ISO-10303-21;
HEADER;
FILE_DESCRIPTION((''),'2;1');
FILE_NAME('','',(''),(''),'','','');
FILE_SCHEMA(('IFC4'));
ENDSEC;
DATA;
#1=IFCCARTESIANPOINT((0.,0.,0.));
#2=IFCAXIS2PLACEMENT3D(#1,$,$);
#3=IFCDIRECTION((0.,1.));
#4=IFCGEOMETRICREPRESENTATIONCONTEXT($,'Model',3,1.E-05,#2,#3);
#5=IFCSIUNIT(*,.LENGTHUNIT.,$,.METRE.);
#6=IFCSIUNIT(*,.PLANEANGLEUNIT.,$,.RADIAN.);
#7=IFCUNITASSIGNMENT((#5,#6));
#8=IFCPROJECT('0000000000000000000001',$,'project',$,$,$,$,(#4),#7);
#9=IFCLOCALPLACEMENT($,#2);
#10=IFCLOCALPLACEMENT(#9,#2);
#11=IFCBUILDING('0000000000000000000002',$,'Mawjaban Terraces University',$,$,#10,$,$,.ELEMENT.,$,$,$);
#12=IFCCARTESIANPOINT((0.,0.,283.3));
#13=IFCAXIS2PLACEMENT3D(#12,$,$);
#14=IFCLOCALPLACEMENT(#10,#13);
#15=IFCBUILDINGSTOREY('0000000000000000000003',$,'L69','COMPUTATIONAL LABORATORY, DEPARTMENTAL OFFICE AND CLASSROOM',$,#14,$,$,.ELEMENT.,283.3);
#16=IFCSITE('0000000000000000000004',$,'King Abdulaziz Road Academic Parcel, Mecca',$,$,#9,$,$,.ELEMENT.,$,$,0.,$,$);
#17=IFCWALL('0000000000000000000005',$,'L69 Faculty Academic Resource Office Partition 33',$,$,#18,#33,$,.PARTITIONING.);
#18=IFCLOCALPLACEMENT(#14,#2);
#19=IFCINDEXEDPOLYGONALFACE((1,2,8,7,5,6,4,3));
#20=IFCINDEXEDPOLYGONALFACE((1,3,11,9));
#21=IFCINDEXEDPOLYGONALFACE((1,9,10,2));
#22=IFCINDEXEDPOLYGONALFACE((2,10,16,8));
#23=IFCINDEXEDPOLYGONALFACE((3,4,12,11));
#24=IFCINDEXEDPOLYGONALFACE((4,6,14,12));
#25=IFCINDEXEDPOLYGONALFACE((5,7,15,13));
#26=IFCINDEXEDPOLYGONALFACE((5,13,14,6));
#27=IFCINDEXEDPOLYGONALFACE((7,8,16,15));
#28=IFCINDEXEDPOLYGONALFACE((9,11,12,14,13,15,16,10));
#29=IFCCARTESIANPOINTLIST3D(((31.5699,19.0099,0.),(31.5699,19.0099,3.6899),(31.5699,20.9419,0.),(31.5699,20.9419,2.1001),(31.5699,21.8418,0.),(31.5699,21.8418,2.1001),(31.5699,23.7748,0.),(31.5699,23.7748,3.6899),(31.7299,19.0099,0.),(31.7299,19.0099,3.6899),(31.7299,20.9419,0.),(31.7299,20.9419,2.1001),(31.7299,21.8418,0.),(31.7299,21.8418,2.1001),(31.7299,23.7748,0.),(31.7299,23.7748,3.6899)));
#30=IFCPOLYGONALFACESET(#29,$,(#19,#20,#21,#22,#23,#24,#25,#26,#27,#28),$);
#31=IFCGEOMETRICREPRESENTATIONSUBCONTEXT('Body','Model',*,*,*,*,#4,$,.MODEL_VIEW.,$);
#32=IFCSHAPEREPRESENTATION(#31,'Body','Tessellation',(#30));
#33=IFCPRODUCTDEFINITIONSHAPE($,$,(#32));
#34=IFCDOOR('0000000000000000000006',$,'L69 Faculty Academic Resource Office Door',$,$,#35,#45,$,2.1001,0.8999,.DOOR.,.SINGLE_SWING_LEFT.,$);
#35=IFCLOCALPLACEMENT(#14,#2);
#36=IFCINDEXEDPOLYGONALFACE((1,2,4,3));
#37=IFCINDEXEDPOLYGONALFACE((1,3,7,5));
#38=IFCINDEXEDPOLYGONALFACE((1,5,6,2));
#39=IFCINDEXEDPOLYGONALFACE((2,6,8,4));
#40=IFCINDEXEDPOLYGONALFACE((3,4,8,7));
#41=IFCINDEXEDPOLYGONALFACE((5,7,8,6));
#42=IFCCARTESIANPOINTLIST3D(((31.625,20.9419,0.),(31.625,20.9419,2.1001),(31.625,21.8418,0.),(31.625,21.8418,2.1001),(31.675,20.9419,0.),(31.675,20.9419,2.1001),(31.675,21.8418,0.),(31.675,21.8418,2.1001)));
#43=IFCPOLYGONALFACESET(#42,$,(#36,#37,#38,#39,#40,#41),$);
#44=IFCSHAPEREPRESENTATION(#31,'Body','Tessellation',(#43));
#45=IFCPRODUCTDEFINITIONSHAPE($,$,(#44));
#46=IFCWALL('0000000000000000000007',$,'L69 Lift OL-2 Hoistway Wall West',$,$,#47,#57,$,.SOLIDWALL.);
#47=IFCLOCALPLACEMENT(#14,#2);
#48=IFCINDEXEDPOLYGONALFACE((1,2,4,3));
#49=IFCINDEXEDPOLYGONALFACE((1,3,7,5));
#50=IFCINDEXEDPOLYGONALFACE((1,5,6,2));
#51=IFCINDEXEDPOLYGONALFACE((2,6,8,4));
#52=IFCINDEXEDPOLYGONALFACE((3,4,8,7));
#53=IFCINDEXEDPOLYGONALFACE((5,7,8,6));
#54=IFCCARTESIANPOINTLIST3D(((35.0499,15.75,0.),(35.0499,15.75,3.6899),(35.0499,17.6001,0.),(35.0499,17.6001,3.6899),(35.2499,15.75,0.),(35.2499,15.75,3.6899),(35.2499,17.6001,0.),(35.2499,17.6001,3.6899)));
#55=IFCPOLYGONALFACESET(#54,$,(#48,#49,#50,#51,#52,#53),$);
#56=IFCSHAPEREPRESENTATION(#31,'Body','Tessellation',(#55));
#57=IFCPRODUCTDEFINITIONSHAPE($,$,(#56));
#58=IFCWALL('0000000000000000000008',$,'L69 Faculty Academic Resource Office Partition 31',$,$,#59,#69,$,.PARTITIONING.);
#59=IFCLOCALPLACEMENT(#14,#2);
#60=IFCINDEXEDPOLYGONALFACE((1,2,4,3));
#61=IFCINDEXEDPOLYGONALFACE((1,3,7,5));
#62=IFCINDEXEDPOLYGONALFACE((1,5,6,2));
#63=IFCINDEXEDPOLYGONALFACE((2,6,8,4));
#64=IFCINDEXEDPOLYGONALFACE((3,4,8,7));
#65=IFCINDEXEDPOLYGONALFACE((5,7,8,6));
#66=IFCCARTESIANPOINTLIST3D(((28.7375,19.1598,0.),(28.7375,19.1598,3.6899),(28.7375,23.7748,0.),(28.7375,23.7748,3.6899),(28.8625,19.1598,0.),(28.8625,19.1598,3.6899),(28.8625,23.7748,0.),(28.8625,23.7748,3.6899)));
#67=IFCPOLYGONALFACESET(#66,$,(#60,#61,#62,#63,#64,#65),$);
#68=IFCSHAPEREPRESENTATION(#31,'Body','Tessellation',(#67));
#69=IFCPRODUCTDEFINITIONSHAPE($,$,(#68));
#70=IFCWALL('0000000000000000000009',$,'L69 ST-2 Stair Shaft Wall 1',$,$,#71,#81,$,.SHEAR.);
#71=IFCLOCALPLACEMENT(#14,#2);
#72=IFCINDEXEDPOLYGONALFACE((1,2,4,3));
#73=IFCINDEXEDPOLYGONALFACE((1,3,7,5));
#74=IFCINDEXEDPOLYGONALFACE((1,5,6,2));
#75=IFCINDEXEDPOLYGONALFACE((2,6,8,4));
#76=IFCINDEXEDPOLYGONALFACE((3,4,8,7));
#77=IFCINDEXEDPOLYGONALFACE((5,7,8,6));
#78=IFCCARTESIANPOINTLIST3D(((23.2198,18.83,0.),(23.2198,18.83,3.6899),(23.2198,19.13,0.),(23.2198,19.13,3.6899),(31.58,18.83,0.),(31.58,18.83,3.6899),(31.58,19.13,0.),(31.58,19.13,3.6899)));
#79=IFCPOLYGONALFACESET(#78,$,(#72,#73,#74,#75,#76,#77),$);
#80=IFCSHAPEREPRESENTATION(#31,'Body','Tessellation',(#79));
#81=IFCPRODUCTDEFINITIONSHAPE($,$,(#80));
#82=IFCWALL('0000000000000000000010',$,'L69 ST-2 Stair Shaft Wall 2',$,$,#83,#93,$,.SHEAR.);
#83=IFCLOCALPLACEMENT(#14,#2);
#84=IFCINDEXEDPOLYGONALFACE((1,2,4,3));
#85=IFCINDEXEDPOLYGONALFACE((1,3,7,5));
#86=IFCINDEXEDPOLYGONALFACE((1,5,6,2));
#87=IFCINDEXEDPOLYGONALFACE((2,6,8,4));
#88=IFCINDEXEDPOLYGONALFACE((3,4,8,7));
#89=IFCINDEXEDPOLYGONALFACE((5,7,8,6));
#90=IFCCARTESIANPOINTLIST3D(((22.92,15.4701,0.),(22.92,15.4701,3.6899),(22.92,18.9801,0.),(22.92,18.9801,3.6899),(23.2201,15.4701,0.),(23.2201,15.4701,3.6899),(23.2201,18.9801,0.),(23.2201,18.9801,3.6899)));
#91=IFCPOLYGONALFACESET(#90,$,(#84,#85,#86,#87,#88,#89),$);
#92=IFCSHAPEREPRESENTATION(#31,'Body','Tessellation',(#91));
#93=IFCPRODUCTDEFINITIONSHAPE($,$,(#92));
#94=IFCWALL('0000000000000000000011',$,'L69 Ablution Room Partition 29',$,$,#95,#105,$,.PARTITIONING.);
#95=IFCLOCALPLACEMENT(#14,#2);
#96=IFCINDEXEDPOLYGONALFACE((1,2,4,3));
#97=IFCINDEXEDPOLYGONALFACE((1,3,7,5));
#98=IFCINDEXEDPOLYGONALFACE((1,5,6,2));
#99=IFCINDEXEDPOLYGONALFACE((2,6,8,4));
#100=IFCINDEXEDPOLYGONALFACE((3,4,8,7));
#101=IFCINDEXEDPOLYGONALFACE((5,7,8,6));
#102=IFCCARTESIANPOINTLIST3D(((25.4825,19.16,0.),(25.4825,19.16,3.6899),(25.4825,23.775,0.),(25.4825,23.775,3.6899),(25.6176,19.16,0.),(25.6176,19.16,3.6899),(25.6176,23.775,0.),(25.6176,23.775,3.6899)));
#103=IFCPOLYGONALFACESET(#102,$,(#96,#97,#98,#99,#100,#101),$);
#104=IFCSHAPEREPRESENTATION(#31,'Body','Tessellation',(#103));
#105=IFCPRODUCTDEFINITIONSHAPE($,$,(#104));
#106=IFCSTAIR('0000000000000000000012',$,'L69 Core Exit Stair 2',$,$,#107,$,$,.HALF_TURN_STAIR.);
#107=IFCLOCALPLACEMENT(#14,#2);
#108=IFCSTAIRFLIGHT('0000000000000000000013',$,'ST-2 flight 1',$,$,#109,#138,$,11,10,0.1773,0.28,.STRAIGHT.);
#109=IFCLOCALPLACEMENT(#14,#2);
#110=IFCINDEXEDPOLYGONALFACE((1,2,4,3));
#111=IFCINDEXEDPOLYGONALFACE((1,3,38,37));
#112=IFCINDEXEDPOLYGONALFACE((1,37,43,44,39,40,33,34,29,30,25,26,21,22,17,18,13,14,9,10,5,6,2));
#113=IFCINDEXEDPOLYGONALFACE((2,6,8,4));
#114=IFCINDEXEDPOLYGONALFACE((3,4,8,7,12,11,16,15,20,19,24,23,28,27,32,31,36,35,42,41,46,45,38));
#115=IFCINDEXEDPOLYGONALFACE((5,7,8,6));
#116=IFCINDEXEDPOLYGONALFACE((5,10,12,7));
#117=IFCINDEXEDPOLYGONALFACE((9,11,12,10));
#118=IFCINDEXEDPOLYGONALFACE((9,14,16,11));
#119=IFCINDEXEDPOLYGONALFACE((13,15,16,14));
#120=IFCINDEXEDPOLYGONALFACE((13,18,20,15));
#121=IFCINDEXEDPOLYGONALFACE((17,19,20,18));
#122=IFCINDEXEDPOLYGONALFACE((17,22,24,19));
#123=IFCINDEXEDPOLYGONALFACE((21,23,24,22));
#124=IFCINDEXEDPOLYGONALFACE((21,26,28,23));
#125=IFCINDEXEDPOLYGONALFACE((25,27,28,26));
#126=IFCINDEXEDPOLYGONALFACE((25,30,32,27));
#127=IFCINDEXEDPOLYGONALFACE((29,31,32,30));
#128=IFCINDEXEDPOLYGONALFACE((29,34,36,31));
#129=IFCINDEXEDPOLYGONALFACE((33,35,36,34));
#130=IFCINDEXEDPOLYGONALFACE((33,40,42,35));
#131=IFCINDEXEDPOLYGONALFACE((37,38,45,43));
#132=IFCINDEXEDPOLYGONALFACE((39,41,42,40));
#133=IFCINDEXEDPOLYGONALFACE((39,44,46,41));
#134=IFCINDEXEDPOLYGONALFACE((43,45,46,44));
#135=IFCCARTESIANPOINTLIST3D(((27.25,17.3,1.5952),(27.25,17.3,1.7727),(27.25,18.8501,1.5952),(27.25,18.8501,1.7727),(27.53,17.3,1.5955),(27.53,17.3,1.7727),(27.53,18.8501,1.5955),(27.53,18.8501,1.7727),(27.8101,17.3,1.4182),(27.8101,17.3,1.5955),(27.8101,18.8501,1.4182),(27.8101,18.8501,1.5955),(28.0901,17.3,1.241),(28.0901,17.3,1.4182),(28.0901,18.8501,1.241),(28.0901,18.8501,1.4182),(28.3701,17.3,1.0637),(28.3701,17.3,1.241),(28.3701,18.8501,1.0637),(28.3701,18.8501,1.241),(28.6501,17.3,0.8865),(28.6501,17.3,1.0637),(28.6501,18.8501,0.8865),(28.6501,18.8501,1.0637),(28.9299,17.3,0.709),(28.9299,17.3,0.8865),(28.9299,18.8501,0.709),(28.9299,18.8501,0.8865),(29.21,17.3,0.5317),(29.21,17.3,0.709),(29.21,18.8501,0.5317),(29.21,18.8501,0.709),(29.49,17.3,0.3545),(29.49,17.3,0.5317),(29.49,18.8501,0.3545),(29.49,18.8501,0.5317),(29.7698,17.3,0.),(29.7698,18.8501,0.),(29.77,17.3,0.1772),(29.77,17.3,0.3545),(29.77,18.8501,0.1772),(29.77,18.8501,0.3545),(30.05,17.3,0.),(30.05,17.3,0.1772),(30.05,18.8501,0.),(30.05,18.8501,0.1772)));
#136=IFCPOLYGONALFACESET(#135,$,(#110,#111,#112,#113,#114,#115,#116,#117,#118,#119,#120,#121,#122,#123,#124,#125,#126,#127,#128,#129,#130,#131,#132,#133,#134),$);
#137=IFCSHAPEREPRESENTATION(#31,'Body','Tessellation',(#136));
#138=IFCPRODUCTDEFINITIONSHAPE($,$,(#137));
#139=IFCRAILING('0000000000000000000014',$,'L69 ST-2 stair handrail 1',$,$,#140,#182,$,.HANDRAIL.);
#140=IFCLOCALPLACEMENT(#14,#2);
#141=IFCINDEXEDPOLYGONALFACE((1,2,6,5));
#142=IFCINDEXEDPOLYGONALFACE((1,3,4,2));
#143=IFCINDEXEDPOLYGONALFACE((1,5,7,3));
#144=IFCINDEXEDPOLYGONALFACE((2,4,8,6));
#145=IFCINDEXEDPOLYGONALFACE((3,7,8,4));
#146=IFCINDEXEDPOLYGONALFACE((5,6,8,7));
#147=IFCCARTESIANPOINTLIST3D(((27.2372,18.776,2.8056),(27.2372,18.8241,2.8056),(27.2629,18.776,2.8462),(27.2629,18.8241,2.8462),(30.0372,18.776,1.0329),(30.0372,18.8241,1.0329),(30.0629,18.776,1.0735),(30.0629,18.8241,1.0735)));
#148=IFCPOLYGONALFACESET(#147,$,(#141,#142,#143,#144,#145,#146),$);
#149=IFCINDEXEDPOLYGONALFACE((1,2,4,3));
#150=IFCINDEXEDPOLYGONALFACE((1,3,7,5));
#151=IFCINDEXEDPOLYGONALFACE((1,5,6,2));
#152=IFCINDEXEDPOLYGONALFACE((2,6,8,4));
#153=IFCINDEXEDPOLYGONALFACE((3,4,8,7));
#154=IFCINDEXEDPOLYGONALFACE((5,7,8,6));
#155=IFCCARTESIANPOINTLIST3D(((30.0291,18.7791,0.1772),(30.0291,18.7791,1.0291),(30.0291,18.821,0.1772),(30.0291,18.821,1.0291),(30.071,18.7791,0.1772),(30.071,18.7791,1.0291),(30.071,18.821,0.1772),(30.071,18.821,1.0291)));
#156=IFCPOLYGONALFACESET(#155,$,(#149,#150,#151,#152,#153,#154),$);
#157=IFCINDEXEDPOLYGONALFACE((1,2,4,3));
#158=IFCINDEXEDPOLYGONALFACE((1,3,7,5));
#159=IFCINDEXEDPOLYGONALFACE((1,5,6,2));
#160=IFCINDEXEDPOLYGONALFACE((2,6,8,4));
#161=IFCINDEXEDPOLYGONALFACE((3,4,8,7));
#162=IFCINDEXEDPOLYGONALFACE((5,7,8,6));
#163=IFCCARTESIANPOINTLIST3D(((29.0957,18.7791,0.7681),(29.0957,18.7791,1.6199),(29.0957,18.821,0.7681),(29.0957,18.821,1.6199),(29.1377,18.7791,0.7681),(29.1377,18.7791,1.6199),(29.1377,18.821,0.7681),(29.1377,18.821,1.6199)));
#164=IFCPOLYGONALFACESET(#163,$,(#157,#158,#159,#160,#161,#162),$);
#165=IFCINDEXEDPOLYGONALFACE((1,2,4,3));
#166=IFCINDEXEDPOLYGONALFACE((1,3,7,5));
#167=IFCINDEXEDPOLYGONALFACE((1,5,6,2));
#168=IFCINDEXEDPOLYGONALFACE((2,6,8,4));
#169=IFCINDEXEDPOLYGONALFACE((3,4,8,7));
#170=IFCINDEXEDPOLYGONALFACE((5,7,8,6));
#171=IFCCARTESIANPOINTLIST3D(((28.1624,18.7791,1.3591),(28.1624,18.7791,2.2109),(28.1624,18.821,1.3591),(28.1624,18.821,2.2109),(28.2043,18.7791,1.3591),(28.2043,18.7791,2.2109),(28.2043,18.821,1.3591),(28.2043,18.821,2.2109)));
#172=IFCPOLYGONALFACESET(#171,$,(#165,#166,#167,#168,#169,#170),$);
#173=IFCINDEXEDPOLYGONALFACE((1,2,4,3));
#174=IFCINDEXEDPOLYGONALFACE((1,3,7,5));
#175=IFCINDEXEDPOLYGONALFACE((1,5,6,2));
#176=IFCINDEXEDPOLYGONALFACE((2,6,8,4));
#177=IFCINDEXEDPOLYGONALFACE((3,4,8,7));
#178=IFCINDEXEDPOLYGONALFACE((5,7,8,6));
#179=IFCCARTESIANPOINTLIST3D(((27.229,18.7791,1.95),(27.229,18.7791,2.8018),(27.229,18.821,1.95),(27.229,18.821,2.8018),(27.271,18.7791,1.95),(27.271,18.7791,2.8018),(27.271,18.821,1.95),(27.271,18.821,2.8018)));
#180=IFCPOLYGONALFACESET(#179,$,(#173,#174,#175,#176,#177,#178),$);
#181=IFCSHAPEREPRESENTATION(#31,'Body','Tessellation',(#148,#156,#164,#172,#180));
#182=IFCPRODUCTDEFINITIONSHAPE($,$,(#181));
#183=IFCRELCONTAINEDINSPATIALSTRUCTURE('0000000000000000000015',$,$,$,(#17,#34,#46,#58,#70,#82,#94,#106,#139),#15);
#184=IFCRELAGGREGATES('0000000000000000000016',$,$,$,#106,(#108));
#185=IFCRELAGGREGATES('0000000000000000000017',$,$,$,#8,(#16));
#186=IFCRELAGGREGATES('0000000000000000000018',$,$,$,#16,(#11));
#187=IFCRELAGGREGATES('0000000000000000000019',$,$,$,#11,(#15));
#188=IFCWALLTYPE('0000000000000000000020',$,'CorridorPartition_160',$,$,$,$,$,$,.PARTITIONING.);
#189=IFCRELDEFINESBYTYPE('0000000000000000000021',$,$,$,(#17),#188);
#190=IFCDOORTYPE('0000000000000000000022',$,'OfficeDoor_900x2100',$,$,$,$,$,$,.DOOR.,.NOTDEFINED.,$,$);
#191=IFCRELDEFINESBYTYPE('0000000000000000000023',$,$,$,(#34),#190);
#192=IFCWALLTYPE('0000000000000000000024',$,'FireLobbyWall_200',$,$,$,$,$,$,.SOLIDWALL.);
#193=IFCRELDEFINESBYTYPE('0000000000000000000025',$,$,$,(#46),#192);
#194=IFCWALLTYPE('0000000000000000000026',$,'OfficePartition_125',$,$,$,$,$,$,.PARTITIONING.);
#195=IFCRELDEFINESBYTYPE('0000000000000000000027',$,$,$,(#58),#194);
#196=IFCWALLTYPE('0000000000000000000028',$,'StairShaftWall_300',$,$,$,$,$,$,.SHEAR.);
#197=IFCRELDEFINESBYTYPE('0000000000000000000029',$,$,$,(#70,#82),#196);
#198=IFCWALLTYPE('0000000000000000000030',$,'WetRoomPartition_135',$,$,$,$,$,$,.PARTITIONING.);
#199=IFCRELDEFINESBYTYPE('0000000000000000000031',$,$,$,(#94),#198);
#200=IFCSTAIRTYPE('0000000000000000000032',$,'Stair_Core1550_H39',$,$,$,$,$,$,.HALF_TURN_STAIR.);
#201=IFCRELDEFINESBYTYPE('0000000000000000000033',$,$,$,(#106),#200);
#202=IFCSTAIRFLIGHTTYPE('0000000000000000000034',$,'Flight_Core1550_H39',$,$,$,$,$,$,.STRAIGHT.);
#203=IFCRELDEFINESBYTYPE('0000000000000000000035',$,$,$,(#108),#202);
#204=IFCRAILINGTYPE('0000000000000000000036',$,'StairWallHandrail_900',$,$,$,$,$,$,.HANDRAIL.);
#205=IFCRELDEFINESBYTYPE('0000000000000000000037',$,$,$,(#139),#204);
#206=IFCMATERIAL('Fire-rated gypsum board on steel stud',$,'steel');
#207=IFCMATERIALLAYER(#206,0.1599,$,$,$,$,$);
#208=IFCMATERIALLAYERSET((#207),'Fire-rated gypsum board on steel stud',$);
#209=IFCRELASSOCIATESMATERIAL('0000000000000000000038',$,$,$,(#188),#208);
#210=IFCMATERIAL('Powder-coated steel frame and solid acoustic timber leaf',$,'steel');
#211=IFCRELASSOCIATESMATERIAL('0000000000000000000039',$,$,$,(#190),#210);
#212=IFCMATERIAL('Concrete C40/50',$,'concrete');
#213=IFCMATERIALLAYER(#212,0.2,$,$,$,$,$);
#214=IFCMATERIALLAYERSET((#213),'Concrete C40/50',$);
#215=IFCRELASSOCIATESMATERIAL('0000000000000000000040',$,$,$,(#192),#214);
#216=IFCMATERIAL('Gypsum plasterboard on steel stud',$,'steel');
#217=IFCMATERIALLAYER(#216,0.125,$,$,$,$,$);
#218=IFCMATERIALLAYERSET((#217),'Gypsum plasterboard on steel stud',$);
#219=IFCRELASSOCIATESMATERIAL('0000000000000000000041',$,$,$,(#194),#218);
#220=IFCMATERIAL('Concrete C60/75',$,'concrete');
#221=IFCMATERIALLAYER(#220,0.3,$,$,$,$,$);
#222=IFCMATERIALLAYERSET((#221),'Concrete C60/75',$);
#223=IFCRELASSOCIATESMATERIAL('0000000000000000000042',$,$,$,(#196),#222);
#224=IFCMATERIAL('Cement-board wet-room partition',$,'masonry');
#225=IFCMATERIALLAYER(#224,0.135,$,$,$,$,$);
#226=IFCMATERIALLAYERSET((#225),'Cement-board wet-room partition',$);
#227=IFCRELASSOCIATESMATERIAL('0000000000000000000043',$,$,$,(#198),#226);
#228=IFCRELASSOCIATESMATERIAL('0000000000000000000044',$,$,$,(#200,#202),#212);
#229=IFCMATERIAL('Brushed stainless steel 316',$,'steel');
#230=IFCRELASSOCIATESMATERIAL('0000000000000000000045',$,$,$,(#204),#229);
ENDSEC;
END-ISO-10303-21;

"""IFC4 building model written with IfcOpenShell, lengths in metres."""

from ifc_helpers import new_model, si_unit, direction, frame, frame_2d, origin, origin_2d, place, context, subcontext, project, spatial, polyline, rectangle, outline, extrude, material, layer, layer_set, type_object, element, fill, aggregate, save


model = new_model("IFC4")

# Units and contexts
model_context = context("Model", 3, precision=1e-05, world=origin(), true_north=direction((0.0, 1.0)))
body_context = subcontext(model_context, "Body", "Model", "MODEL_VIEW")
ifc_project = project(units=[si_unit("LENGTHUNIT", "METRE"), si_unit("PLANEANGLEUNIT", "RADIAN")], contexts=[model_context])

# Site, building, storey
site_placement = place(None, origin())
site = spatial("IfcSite", under=ifc_project, at=site_placement, Name="King Abdulaziz Road Academic Parcel, Mecca", CompositionType="ELEMENT", RefElevation=0.0)
building_placement = place(site_placement, origin())
building = spatial("IfcBuilding", under=site, at=building_placement, Name="Mawjaban Terraces University", CompositionType="ELEMENT")
storey_placement = place(building_placement, frame((0.0, 0.0, 283.3)))
storey = spatial("IfcBuildingStorey", under=building, at=storey_placement, Name="L69", Description="COMPUTATIONAL LABORATORY, DEPARTMENTAL OFFICE AND CLASSROOM", CompositionType="ELEMENT", Elevation=283.3)

# Wall, opening, door
ifc_material_1 = material(Name="Powder-coated steel frame and solid acoustic timber leaf", Category="steel")
ifc_material_2 = material(Name="Fire-rated gypsum board on steel stud", Category="steel")
ifc_layer_1 = layer(ifc_material_2, 0.1599)
ifc_layer_set_1 = layer_set([ifc_layer_1], Name="Fire-rated gypsum board on steel stud")
wall_type_1 = type_object("IfcWallType", Name="CorridorPartition_160", PredefinedType="PARTITIONING", material=ifc_layer_set_1)
wall_1_placement = place(storey_placement, frame((31.6499, 19.01, 0.0), z_axis=(0.0, 0.0, 1.0), x_axis=(0.0, 1.0, 0.0)))
wall_1 = element("IfcWall", 1, at=wall_1_placement, inside=storey, type_object=wall_type_1, Name="L69 Faculty Academic Resource Office Partition 33", PredefinedType="PARTITIONING", context=body_context, shape_type="SweptSolid", body=[
    extrude(rectangle(XDim=4.7649, YDim=0.1599, at=frame_2d((2.3823, 0.0))), origin(), (0.0, 0.0, 1.0), 3.6899),
])
opening_1_placement = place(wall_1_placement, frame((1.9319, 0.0, 0.0)))
opening_1 = element("IfcOpeningElement", 2, at=opening_1_placement, cuts=wall_1, PredefinedType="OPENING", context=body_context, shape_type="SweptSolid", body=[
    extrude(rectangle(XDim=0.8999, YDim=2.1001, at=frame_2d((0.45, 1.05))), frame((0.0, 0.0898, 0.0), z_axis=(0.0, -1.0, 0.0), x_axis=(1.0, 0.0, 0.0)), (0.0, 0.0, 1.0), 0.1799),
])
door_type_1 = type_object("IfcDoorType", Name="OfficeDoor_900x2100", OperationType="NOTDEFINED", PredefinedType="DOOR", material=ifc_material_1)
door_1_placement = place(opening_1_placement, origin())
door_1 = element("IfcDoor", 3, at=door_1_placement, inside=storey, type_object=door_type_1, Name="L69 Faculty Academic Resource Office Door", OperationType="SINGLE_SWING_LEFT", OverallHeight=2.1001, OverallWidth=0.8999, PredefinedType="DOOR", context=body_context, shape_type="SweptSolid", body=[
    extrude(rectangle(XDim=0.8999, YDim=2.1001, at=frame_2d((0.45, 1.05))), frame((0.0, 0.0249, 0.0), z_axis=(0.0, -1.0, 0.0), x_axis=(1.0, 0.0, 0.0)), (0.0, 0.0, 1.0), 0.05),
])
fill(opening_1, door_1)

# Walls
ifc_material_3 = material(Name="Concrete C40/50", Category="concrete")
ifc_layer_2 = layer(ifc_material_3, 0.2)
ifc_layer_set_2 = layer_set([ifc_layer_2], Name="Concrete C40/50")
wall_type_2 = type_object("IfcWallType", Name="FireLobbyWall_200", PredefinedType="SOLIDWALL", material=ifc_layer_set_2)
wall_2_placement = place(storey_placement, frame((35.1499, 17.6001, 0.0), z_axis=(0.0, 0.0, 1.0), x_axis=(0.0, -1.0, 0.0)))
element("IfcWall", 4, at=wall_2_placement, inside=storey, type_object=wall_type_2, Name="L69 Lift OL-2 Hoistway Wall West", PredefinedType="SOLIDWALL", context=body_context, shape_type="SweptSolid", body=[
    extrude(rectangle(XDim=1.8501, YDim=0.2, at=frame_2d((0.925, 0.0))), origin(), (0.0, 0.0, 1.0), 3.6899),
])
ifc_material_4 = material(Name="Gypsum plasterboard on steel stud", Category="steel")
ifc_layer_3 = layer(ifc_material_4, 0.125)
ifc_layer_set_3 = layer_set([ifc_layer_3], Name="Gypsum plasterboard on steel stud")
wall_type_3 = type_object("IfcWallType", Name="OfficePartition_125", PredefinedType="PARTITIONING", material=ifc_layer_set_3)
wall_3_placement = place(storey_placement, frame((28.8, 23.7749, 0.0), z_axis=(0.0, 0.0, 1.0), x_axis=(0.0, -1.0, 0.0)))
element("IfcWall", 5, at=wall_3_placement, inside=storey, type_object=wall_type_3, Name="L69 Faculty Academic Resource Office Partition 31", PredefinedType="PARTITIONING", context=body_context, shape_type="SweptSolid", body=[
    extrude(rectangle(XDim=4.615, YDim=0.125, at=frame_2d((2.3076, 0.0))), origin(), (0.0, 0.0, 1.0), 3.6899),
])
ifc_material_5 = material(Name="Concrete C60/75", Category="concrete")
ifc_layer_4 = layer(ifc_material_5, 0.3)
ifc_layer_set_4 = layer_set([ifc_layer_4], Name="Concrete C60/75")
wall_type_4 = type_object("IfcWallType", Name="StairShaftWall_300", PredefinedType="SHEAR", material=ifc_layer_set_4)
wall_4_placement = place(storey_placement, frame((31.5801, 18.98, 0.0), z_axis=(0.0, 0.0, 1.0), x_axis=(-1.0, 0.0, 0.0)))
element("IfcWall", 6, at=wall_4_placement, inside=storey, type_object=wall_type_4, Name="L69 ST-2 Stair Shaft Wall 1", PredefinedType="SHEAR", context=body_context, shape_type="SweptSolid", body=[
    extrude(rectangle(XDim=8.3601, YDim=0.3, at=frame_2d((4.1802, 0.0))), origin(), (0.0, 0.0, 1.0), 3.6899),
])
wall_5_placement = place(storey_placement, frame((23.0701, 18.98, 0.0), z_axis=(0.0, 0.0, 1.0), x_axis=(0.0, -1.0, 0.0)))
element("IfcWall", 7, at=wall_5_placement, inside=storey, type_object=wall_type_4, Name="L69 ST-2 Stair Shaft Wall 2", PredefinedType="SHEAR", context=body_context, shape_type="SweptSolid", body=[
    extrude(rectangle(XDim=3.51, YDim=0.3, at=frame_2d((1.7549, 0.0))), origin(), (0.0, 0.0, 1.0), 3.6899),
])
ifc_material_6 = material(Name="Cement-board wet-room partition", Category="masonry")
ifc_layer_5 = layer(ifc_material_6, 0.135)
ifc_layer_set_5 = layer_set([ifc_layer_5], Name="Cement-board wet-room partition")
wall_type_5 = type_object("IfcWallType", Name="WetRoomPartition_135", PredefinedType="PARTITIONING", material=ifc_layer_set_5)
wall_6_placement = place(storey_placement, frame((25.55, 19.1599, 0.0), z_axis=(0.0, 0.0, 1.0), x_axis=(0.0, 1.0, 0.0)))
element("IfcWall", 8, at=wall_6_placement, inside=storey, type_object=wall_type_5, Name="L69 Ablution Room Partition 29", PredefinedType="PARTITIONING", context=body_context, shape_type="SweptSolid", body=[
    extrude(rectangle(XDim=4.615, YDim=0.135, at=frame_2d((2.3076, 0.0))), origin(), (0.0, 0.0, 1.0), 3.6899),
])

# Stair, stair flight
stair_type = type_object("IfcStairType", Name="Stair_Core1550_H39", PredefinedType="HALF_TURN_STAIR", material=ifc_material_3)
stair_placement = place(storey_placement, origin())
stair = element("IfcStair", 9, at=stair_placement, inside=storey, type_object=stair_type, Name="L69 Core Exit Stair 2", PredefinedType="HALF_TURN_STAIR")
stair_flight_type = type_object("IfcStairFlightType", Name="Flight_Core1550_H39", PredefinedType="STRAIGHT", material=ifc_material_3)
stair_flight_placement = place(storey_placement, frame((30.05, 18.075, 0.0), z_axis=(0.0, 0.0, 1.0), x_axis=(-1.0, 0.0, 0.0)))
stair_flight = element("IfcStairFlight", 10, at=stair_flight_placement, type_object=stair_flight_type, Name="ST-2 flight 1", NumberOfRisers=11, NumberOfTreads=10, PredefinedType="STRAIGHT", RiserHeight=0.1773, TreadLength=0.28, context=body_context, shape_type="SweptSolid", body=[
    extrude(outline(polyline([(0.0, 0.0), (0.0, 0.1772), (0.28, 0.1772), (0.28, 0.3545), (0.5601, 0.3545), (0.5601, 0.5317), (0.8401, 0.5317), (0.8401, 0.709), (1.1201, 0.709), (1.1201, 0.8865), (1.3999, 0.8865), (1.3999, 1.0637), (1.6799, 1.0637), (1.6799, 1.241), (1.96, 1.241), (1.96, 1.4182), (2.24, 1.4182), (2.24, 1.5955), (2.52, 1.5955), (2.52, 1.7727), (2.8, 1.7727), (2.8, 1.95), (2.8, 1.5952), (0.2803, 0.0), (0.0, 0.0)])), frame((0.0, 0.7749, 0.0), z_axis=(0.0, -1.0, 0.0), x_axis=(1.0, 0.0, 0.0)), (0.0, 0.0, 1.0), 1.55),
])
aggregate(stair, [stair_flight])

# Railing
ifc_material_7 = material(Name="Brushed stainless steel 316", Category="steel")
railing_type = type_object("IfcRailingType", Name="StairWallHandrail_900", PredefinedType="HANDRAIL", material=ifc_material_7)
railing_placement = place(storey_placement, frame((30.05, 18.8, 0.1772)))
element("IfcRailing", 11, at=railing_placement, inside=storey, type_object=railing_type, Name="L69 ST-2 stair handrail 1", PredefinedType="HANDRAIL", context=body_context, shape_type="SweptSolid", body=[
    extrude(rectangle(XDim=0.0481, YDim=0.0481, at=origin_2d()), frame((0.0, 0.0, 0.876), z_axis=(-0.844909, 0.0, 0.53491), x_axis=(0.0, -1.0, 0.0)), (0.0, 0.0, 1.0), 3.314),
    extrude(rectangle(XDim=0.042, YDim=0.042, at=origin_2d()), origin(), (0.0, 0.0, 1.0), 0.8518),
    extrude(rectangle(XDim=0.042, YDim=0.042, at=origin_2d()), frame((-0.9333, 0.0, 0.5908)), (0.0, 0.0, 1.0), 0.8518),
    extrude(rectangle(XDim=0.042, YDim=0.042, at=origin_2d()), frame((-1.8667, 0.0, 1.1819)), (0.0, 0.0, 1.0), 0.8518),
    extrude(rectangle(XDim=0.042, YDim=0.042, at=origin_2d()), frame((-2.8, 0.0, 1.7727)), (0.0, 0.0, 1.0), 0.8518),
])

save(model, "model.ifc")
